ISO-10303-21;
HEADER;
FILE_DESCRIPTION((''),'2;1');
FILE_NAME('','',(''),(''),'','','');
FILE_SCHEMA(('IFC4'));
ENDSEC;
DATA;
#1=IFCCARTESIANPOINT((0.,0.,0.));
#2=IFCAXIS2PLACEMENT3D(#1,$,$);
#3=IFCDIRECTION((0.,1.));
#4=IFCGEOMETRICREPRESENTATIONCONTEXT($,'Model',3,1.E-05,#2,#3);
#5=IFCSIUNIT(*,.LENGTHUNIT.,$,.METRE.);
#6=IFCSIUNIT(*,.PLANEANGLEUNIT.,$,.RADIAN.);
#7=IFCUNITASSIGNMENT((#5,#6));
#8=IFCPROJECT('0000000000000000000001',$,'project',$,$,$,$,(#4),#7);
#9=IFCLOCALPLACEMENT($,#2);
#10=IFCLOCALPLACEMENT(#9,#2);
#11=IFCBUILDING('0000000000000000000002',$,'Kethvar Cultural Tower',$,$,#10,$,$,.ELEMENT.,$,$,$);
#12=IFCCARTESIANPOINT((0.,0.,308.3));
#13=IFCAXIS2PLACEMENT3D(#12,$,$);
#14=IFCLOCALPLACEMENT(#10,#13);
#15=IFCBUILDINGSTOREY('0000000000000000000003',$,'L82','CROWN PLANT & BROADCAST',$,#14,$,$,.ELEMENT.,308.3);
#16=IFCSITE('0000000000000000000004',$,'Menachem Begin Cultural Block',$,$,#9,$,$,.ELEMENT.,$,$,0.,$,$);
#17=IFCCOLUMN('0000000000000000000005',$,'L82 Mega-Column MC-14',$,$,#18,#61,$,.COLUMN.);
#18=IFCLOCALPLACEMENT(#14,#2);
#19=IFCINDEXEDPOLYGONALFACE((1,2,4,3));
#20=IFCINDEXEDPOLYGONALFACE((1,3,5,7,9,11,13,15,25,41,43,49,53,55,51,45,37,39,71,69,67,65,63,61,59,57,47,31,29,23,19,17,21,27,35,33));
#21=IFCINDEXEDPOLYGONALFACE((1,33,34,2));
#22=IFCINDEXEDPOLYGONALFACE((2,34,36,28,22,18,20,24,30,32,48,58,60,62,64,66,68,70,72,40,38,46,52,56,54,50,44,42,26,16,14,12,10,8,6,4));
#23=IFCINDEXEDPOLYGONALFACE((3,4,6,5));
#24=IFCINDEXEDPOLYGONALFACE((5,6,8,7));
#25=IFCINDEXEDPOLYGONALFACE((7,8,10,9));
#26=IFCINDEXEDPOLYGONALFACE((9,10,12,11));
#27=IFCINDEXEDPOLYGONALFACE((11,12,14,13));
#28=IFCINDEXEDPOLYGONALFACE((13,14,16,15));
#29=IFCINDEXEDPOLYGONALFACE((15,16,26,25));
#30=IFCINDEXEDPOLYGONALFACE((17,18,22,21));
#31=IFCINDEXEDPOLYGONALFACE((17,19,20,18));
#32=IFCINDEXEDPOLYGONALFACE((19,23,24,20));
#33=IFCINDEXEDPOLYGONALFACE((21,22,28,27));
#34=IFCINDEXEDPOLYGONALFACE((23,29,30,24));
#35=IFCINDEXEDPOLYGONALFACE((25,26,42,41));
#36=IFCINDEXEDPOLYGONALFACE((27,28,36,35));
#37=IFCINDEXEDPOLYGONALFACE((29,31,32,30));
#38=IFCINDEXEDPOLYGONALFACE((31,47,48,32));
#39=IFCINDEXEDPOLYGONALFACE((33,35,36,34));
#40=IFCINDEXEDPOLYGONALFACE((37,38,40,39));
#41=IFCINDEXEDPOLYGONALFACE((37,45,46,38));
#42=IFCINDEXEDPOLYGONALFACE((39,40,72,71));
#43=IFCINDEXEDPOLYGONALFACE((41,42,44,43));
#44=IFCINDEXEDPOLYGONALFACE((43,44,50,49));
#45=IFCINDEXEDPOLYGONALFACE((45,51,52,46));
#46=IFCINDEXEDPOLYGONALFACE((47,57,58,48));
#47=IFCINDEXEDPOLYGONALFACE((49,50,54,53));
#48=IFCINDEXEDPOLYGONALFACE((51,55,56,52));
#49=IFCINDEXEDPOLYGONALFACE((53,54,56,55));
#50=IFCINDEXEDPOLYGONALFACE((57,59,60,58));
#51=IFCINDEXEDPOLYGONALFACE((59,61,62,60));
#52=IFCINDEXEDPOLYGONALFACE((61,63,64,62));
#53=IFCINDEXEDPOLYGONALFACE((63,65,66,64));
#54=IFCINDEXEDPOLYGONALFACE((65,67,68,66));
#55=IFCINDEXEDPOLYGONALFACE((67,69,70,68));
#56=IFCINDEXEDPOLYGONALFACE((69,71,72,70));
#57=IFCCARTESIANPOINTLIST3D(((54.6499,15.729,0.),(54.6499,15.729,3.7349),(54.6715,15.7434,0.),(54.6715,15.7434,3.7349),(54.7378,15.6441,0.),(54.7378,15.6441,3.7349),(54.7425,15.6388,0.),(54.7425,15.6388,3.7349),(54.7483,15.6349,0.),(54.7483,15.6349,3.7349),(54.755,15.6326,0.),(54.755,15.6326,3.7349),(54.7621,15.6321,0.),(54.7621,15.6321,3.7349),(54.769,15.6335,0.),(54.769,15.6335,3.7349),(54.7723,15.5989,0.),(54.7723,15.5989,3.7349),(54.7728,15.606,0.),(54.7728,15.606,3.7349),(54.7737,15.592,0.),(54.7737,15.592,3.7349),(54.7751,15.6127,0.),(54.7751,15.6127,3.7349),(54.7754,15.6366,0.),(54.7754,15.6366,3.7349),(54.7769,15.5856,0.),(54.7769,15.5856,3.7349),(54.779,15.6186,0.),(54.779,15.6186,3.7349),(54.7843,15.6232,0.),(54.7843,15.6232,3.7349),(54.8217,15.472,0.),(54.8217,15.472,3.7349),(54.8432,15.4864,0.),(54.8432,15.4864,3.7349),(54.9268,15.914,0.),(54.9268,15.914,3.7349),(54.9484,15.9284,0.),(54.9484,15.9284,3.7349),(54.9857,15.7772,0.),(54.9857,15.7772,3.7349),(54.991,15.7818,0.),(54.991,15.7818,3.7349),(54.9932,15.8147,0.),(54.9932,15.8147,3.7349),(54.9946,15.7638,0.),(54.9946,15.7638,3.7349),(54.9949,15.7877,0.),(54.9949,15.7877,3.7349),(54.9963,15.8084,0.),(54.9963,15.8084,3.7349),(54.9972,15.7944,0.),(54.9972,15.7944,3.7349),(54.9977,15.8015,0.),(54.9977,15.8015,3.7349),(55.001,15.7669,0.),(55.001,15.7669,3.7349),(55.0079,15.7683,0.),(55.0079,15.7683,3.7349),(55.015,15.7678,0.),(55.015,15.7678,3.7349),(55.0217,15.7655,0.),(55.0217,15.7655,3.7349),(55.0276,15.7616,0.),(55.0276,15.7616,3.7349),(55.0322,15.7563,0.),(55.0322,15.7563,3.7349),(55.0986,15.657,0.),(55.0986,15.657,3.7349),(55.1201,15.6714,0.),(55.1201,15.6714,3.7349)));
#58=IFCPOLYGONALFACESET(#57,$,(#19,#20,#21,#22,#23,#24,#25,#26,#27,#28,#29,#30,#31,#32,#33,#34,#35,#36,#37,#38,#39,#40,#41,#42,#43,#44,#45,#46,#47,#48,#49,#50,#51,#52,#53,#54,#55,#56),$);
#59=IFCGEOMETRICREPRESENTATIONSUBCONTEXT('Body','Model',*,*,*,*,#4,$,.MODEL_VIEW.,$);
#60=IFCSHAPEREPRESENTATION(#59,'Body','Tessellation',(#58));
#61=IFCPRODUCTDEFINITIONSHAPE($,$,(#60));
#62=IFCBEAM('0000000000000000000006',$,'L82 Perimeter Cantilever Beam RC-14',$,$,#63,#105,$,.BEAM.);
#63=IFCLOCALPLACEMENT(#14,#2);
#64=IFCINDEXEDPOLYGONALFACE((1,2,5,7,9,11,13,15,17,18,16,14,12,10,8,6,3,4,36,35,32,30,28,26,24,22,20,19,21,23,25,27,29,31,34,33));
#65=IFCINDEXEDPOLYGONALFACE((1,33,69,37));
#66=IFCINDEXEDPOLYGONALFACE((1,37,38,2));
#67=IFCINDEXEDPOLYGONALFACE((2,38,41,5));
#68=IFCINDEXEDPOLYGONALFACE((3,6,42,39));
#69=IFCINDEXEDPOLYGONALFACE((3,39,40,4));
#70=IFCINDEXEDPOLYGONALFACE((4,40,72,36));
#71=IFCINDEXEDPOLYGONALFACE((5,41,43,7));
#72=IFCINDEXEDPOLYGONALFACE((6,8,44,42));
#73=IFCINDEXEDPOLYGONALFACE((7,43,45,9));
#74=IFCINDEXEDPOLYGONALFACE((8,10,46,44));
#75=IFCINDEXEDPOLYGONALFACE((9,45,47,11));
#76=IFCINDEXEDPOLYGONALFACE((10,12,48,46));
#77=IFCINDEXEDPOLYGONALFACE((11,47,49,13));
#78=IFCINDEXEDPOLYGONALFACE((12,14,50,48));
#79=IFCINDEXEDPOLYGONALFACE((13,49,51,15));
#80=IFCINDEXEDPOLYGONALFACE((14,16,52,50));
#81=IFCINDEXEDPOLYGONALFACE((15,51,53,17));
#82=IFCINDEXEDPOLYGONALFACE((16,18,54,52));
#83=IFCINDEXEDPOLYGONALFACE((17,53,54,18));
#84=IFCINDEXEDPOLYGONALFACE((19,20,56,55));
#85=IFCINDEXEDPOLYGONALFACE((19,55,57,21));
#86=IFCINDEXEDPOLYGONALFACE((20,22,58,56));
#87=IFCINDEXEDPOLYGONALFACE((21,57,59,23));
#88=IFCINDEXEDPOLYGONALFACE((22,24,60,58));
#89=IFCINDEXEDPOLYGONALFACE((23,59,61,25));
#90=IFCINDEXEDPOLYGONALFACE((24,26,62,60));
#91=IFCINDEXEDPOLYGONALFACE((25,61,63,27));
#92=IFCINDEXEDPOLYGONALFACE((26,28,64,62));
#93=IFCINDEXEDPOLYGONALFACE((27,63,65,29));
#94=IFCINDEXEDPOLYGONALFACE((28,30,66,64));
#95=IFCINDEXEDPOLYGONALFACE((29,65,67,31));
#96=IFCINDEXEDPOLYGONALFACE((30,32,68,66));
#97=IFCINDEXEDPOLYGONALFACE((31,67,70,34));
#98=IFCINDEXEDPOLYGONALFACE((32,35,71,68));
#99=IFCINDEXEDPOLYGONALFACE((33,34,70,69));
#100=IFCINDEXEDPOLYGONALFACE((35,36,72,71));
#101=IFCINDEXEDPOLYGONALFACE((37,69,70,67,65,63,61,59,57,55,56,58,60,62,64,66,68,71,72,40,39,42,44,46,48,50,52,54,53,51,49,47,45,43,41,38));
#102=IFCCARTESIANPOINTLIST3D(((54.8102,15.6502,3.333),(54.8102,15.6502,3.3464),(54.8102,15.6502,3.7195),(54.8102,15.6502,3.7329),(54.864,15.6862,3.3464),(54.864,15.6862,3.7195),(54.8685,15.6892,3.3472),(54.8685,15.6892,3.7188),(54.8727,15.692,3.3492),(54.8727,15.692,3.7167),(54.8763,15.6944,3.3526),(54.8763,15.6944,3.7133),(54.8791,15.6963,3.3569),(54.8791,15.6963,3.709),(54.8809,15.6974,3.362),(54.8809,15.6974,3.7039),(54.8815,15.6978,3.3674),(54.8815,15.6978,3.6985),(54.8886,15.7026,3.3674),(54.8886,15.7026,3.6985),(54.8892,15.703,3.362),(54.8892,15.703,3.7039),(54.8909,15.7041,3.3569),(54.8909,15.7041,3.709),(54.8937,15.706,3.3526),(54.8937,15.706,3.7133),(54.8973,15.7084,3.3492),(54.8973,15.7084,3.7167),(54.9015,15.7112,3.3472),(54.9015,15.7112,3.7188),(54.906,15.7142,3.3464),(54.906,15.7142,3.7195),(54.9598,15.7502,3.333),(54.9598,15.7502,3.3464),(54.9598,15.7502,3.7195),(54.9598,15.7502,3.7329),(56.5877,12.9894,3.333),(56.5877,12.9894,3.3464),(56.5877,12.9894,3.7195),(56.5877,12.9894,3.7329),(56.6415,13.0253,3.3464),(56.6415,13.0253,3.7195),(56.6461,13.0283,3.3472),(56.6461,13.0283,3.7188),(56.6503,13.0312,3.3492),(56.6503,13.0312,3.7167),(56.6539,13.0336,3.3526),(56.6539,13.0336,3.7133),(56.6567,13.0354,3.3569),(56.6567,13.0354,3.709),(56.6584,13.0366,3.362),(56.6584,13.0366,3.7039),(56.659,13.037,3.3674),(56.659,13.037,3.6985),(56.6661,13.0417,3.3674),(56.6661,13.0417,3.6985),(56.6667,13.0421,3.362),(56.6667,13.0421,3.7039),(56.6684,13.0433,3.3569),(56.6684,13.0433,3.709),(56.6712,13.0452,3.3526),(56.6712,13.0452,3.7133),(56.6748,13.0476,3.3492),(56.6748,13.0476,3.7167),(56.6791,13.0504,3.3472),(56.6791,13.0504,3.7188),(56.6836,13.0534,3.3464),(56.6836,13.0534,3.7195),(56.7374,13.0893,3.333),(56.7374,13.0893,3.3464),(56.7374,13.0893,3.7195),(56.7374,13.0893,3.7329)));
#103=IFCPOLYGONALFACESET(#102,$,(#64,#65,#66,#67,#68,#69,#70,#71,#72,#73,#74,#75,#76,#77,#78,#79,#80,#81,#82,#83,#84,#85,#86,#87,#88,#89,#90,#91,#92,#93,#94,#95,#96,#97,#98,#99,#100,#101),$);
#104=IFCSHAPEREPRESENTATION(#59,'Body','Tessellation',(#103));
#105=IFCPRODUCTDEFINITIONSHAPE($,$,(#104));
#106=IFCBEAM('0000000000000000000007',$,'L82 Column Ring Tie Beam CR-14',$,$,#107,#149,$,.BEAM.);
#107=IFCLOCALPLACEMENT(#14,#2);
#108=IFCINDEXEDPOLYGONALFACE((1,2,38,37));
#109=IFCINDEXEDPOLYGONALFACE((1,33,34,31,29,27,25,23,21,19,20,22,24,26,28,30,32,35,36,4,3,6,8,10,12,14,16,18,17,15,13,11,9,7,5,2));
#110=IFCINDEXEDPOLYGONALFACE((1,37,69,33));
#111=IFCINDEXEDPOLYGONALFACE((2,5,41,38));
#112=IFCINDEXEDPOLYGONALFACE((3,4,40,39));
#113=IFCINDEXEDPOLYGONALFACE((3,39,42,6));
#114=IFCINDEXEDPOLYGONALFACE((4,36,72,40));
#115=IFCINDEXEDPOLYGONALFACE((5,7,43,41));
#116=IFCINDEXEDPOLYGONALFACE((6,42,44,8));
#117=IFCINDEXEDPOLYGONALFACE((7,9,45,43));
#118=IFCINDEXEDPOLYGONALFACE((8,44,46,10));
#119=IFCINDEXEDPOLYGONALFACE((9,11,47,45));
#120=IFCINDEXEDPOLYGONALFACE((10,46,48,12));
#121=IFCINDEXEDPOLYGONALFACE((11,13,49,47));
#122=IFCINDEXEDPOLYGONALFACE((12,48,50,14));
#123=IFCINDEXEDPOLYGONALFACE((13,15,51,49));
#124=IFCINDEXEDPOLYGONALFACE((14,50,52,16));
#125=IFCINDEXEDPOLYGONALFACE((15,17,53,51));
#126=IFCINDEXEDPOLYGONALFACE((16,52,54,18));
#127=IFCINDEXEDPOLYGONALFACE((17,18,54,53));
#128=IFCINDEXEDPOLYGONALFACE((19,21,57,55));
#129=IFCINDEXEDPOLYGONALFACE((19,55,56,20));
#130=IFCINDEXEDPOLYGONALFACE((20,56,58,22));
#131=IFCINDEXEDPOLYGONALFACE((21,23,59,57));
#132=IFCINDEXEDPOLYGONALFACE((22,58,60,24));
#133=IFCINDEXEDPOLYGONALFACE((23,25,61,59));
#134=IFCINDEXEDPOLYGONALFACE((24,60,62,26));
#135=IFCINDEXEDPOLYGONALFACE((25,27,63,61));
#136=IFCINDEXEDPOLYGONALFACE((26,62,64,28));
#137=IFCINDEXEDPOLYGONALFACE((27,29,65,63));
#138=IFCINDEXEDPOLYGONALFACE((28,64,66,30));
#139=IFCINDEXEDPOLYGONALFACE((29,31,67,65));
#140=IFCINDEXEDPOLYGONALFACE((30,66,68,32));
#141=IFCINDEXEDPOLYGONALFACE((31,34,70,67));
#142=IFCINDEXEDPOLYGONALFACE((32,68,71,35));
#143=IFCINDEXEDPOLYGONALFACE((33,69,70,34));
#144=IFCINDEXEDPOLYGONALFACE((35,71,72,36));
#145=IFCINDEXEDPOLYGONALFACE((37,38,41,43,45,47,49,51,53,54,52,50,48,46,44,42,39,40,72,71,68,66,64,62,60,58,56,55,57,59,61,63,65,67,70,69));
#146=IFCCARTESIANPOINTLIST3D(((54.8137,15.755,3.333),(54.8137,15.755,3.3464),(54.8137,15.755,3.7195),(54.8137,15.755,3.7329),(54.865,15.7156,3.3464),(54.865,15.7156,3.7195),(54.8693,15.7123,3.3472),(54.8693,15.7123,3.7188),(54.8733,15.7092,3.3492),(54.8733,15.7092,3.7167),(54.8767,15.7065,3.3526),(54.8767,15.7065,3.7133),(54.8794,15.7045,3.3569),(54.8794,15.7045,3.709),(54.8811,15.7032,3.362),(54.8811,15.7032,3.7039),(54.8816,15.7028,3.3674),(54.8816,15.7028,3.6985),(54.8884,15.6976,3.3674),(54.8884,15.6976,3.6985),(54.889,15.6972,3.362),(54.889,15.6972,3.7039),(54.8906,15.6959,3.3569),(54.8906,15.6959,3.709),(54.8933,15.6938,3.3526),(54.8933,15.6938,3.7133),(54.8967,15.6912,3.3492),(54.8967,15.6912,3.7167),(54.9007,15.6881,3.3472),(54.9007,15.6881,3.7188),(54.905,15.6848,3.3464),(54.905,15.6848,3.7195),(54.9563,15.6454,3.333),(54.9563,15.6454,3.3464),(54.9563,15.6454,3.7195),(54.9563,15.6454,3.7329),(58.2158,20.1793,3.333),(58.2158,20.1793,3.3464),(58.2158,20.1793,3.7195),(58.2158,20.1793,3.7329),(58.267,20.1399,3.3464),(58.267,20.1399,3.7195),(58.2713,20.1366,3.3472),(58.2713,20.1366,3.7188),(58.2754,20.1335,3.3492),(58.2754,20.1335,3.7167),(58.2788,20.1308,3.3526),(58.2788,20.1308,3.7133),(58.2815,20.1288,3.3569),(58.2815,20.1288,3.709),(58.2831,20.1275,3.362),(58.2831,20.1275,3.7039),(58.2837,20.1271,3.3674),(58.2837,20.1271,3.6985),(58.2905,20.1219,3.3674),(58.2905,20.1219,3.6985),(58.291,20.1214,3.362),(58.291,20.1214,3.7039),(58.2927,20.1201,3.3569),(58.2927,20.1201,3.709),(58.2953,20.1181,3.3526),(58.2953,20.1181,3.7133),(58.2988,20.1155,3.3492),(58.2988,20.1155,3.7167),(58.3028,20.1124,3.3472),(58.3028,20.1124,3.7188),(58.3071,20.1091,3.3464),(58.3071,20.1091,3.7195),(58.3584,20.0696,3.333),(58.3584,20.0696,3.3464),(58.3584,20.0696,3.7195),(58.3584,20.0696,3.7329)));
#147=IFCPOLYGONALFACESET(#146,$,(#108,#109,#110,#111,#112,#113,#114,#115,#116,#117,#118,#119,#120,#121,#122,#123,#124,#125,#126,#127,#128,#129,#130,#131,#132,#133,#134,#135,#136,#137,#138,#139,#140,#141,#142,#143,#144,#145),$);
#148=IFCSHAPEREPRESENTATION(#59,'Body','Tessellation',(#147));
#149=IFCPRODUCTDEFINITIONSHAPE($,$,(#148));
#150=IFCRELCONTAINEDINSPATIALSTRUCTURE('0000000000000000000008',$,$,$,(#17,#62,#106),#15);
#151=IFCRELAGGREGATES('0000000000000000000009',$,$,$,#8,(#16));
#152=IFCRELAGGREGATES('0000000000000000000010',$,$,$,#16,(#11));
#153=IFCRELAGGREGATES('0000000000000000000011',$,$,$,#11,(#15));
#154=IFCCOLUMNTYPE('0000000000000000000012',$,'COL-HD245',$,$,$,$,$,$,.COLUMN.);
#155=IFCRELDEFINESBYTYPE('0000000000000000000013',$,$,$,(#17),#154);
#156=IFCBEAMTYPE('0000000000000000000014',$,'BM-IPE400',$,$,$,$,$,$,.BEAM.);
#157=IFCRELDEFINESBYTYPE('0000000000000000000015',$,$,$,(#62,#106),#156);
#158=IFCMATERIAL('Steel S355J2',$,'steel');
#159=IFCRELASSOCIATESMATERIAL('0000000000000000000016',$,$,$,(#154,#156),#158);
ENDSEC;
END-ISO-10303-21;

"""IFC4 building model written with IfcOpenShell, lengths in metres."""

from ifc_helpers import new_model, si_unit, direction, frame, origin, origin_2d, place, context, subcontext, project, spatial, i_section, extrude, source, transform, mapped, material, material_profile, profile_set, type_object, element, save


model = new_model("IFC4")

# Units and contexts
model_context = context("Model", 3, precision=1e-05, world=origin(), true_north=direction((0.0, 1.0)))
body_context = subcontext(model_context, "Body", "Model", "MODEL_VIEW")
ifc_project = project(units=[si_unit("LENGTHUNIT", "METRE"), si_unit("PLANEANGLEUNIT", "RADIAN")], contexts=[model_context])

# Site, building, storey
site_placement = place(None, origin())
site = spatial("IfcSite", under=ifc_project, at=site_placement, Name="Menachem Begin Cultural Block", CompositionType="ELEMENT", RefElevation=0.0)
building_placement = place(site_placement, origin())
building = spatial("IfcBuilding", under=site, at=building_placement, Name="Kethvar Cultural Tower", CompositionType="ELEMENT")
storey_placement = place(building_placement, frame((0.0, 0.0, 308.3)))
storey = spatial("IfcBuildingStorey", under=building, at=storey_placement, Name="L82", Description="CROWN PLANT & BROADCAST", CompositionType="ELEMENT", Elevation=308.3)

# Column
ifc_material_1 = material(Name="Steel S355J2", Category="steel")
ifc_material_profile_1 = material_profile(ifc_material_1, i_section(OverallWidth=0.3091, OverallDepth=0.3589, WebThickness=0.0161, FlangeThickness=0.0259, FilletRadius=0.0271, at=origin_2d()), Name="Steel S355J2 — HD320x245")
ifc_profile_set_1 = profile_set([ifc_material_profile_1], Name="Steel S355J2 — HD320x245")
column_type = type_object("IfcColumnType", Name="COL-HD245", PredefinedType="COLUMN", material=ifc_profile_set_1)
shared_shape_1 = source(origin(), body_context, "Body", "SweptSolid", [
    extrude(i_section(OverallWidth=0.3091, OverallDepth=0.3589, WebThickness=0.0161, FlangeThickness=0.0259, FilletRadius=0.0271, at=origin_2d()), origin(), (0.0, 0.0, 1.0), 3.7349),
])
column_placement = place(storey_placement, frame((54.885, 15.7002, 0.0), z_axis=(0.0, 0.0, 1.0), x_axis=(0.55557, -0.83147, 0.0)))
element("IfcColumn", 1, at=column_placement, inside=storey, type_object=column_type, Name="L82 Mega-Column MC-14", PredefinedType="COLUMN", context=body_context, shape_type="MappedRepresentation", body=[
    mapped(shared_shape_1, transform((0.0, 0.0, 0.0), scale=1.0)),
])

# Beams
ifc_material_profile_2 = material_profile(ifc_material_1, i_section(OverallWidth=0.1799, OverallDepth=0.3999, WebThickness=0.0085, FlangeThickness=0.0134, FilletRadius=0.021, at=origin_2d()), Name="Steel S355J2 — IPE400")
ifc_profile_set_2 = profile_set([ifc_material_profile_2], Name="Steel S355J2 — IPE400")
beam_type_1 = type_object("IfcBeamType", Name="BM-IPE400", PredefinedType="BEAM", material=ifc_profile_set_2)
shared_shape_2 = source(origin(), body_context, "Body", "SweptSolid", [
    extrude(i_section(OverallWidth=0.1799, OverallDepth=0.3999, WebThickness=0.0085, FlangeThickness=0.0134, FilletRadius=0.021, at=origin_2d()), origin(), (0.0, 0.0, 1.0), 3.2),
])
beam_1_placement = place(storey_placement, frame((54.885, 15.7002, 3.533), z_axis=(0.555492, -0.831522, 0.0), x_axis=(0.831522, 0.555492, 0.0)))
element("IfcBeam", 2, at=beam_1_placement, inside=storey, type_object=beam_type_1, Name="L82 Perimeter Cantilever Beam RC-14", PredefinedType="BEAM", context=body_context, shape_type="MappedRepresentation", body=[
    mapped(shared_shape_2, transform((0.0, 0.0, 0.0), scale=1.0)),
])
shared_shape_3 = source(origin(), body_context, "Body", "SweptSolid", [
    extrude(i_section(OverallWidth=0.1799, OverallDepth=0.3999, WebThickness=0.0085, FlangeThickness=0.0134, FilletRadius=0.021, at=origin_2d()), origin(), (0.0, 0.0, 1.0), 5.5811),
])
beam_2_placement = place(storey_placement, frame((54.885, 15.7002, 3.533), z_axis=(0.609573, 0.79273, 0.0), x_axis=(-0.79273, 0.609573, 0.0)))
element("IfcBeam", 3, at=beam_2_placement, inside=storey, type_object=beam_type_1, Name="L82 Column Ring Tie Beam CR-14", PredefinedType="BEAM", context=body_context, shape_type="MappedRepresentation", body=[
    mapped(shared_shape_3, transform((0.0, 0.0, 0.0), scale=1.0)),
])

save(model, "model.ifc")
